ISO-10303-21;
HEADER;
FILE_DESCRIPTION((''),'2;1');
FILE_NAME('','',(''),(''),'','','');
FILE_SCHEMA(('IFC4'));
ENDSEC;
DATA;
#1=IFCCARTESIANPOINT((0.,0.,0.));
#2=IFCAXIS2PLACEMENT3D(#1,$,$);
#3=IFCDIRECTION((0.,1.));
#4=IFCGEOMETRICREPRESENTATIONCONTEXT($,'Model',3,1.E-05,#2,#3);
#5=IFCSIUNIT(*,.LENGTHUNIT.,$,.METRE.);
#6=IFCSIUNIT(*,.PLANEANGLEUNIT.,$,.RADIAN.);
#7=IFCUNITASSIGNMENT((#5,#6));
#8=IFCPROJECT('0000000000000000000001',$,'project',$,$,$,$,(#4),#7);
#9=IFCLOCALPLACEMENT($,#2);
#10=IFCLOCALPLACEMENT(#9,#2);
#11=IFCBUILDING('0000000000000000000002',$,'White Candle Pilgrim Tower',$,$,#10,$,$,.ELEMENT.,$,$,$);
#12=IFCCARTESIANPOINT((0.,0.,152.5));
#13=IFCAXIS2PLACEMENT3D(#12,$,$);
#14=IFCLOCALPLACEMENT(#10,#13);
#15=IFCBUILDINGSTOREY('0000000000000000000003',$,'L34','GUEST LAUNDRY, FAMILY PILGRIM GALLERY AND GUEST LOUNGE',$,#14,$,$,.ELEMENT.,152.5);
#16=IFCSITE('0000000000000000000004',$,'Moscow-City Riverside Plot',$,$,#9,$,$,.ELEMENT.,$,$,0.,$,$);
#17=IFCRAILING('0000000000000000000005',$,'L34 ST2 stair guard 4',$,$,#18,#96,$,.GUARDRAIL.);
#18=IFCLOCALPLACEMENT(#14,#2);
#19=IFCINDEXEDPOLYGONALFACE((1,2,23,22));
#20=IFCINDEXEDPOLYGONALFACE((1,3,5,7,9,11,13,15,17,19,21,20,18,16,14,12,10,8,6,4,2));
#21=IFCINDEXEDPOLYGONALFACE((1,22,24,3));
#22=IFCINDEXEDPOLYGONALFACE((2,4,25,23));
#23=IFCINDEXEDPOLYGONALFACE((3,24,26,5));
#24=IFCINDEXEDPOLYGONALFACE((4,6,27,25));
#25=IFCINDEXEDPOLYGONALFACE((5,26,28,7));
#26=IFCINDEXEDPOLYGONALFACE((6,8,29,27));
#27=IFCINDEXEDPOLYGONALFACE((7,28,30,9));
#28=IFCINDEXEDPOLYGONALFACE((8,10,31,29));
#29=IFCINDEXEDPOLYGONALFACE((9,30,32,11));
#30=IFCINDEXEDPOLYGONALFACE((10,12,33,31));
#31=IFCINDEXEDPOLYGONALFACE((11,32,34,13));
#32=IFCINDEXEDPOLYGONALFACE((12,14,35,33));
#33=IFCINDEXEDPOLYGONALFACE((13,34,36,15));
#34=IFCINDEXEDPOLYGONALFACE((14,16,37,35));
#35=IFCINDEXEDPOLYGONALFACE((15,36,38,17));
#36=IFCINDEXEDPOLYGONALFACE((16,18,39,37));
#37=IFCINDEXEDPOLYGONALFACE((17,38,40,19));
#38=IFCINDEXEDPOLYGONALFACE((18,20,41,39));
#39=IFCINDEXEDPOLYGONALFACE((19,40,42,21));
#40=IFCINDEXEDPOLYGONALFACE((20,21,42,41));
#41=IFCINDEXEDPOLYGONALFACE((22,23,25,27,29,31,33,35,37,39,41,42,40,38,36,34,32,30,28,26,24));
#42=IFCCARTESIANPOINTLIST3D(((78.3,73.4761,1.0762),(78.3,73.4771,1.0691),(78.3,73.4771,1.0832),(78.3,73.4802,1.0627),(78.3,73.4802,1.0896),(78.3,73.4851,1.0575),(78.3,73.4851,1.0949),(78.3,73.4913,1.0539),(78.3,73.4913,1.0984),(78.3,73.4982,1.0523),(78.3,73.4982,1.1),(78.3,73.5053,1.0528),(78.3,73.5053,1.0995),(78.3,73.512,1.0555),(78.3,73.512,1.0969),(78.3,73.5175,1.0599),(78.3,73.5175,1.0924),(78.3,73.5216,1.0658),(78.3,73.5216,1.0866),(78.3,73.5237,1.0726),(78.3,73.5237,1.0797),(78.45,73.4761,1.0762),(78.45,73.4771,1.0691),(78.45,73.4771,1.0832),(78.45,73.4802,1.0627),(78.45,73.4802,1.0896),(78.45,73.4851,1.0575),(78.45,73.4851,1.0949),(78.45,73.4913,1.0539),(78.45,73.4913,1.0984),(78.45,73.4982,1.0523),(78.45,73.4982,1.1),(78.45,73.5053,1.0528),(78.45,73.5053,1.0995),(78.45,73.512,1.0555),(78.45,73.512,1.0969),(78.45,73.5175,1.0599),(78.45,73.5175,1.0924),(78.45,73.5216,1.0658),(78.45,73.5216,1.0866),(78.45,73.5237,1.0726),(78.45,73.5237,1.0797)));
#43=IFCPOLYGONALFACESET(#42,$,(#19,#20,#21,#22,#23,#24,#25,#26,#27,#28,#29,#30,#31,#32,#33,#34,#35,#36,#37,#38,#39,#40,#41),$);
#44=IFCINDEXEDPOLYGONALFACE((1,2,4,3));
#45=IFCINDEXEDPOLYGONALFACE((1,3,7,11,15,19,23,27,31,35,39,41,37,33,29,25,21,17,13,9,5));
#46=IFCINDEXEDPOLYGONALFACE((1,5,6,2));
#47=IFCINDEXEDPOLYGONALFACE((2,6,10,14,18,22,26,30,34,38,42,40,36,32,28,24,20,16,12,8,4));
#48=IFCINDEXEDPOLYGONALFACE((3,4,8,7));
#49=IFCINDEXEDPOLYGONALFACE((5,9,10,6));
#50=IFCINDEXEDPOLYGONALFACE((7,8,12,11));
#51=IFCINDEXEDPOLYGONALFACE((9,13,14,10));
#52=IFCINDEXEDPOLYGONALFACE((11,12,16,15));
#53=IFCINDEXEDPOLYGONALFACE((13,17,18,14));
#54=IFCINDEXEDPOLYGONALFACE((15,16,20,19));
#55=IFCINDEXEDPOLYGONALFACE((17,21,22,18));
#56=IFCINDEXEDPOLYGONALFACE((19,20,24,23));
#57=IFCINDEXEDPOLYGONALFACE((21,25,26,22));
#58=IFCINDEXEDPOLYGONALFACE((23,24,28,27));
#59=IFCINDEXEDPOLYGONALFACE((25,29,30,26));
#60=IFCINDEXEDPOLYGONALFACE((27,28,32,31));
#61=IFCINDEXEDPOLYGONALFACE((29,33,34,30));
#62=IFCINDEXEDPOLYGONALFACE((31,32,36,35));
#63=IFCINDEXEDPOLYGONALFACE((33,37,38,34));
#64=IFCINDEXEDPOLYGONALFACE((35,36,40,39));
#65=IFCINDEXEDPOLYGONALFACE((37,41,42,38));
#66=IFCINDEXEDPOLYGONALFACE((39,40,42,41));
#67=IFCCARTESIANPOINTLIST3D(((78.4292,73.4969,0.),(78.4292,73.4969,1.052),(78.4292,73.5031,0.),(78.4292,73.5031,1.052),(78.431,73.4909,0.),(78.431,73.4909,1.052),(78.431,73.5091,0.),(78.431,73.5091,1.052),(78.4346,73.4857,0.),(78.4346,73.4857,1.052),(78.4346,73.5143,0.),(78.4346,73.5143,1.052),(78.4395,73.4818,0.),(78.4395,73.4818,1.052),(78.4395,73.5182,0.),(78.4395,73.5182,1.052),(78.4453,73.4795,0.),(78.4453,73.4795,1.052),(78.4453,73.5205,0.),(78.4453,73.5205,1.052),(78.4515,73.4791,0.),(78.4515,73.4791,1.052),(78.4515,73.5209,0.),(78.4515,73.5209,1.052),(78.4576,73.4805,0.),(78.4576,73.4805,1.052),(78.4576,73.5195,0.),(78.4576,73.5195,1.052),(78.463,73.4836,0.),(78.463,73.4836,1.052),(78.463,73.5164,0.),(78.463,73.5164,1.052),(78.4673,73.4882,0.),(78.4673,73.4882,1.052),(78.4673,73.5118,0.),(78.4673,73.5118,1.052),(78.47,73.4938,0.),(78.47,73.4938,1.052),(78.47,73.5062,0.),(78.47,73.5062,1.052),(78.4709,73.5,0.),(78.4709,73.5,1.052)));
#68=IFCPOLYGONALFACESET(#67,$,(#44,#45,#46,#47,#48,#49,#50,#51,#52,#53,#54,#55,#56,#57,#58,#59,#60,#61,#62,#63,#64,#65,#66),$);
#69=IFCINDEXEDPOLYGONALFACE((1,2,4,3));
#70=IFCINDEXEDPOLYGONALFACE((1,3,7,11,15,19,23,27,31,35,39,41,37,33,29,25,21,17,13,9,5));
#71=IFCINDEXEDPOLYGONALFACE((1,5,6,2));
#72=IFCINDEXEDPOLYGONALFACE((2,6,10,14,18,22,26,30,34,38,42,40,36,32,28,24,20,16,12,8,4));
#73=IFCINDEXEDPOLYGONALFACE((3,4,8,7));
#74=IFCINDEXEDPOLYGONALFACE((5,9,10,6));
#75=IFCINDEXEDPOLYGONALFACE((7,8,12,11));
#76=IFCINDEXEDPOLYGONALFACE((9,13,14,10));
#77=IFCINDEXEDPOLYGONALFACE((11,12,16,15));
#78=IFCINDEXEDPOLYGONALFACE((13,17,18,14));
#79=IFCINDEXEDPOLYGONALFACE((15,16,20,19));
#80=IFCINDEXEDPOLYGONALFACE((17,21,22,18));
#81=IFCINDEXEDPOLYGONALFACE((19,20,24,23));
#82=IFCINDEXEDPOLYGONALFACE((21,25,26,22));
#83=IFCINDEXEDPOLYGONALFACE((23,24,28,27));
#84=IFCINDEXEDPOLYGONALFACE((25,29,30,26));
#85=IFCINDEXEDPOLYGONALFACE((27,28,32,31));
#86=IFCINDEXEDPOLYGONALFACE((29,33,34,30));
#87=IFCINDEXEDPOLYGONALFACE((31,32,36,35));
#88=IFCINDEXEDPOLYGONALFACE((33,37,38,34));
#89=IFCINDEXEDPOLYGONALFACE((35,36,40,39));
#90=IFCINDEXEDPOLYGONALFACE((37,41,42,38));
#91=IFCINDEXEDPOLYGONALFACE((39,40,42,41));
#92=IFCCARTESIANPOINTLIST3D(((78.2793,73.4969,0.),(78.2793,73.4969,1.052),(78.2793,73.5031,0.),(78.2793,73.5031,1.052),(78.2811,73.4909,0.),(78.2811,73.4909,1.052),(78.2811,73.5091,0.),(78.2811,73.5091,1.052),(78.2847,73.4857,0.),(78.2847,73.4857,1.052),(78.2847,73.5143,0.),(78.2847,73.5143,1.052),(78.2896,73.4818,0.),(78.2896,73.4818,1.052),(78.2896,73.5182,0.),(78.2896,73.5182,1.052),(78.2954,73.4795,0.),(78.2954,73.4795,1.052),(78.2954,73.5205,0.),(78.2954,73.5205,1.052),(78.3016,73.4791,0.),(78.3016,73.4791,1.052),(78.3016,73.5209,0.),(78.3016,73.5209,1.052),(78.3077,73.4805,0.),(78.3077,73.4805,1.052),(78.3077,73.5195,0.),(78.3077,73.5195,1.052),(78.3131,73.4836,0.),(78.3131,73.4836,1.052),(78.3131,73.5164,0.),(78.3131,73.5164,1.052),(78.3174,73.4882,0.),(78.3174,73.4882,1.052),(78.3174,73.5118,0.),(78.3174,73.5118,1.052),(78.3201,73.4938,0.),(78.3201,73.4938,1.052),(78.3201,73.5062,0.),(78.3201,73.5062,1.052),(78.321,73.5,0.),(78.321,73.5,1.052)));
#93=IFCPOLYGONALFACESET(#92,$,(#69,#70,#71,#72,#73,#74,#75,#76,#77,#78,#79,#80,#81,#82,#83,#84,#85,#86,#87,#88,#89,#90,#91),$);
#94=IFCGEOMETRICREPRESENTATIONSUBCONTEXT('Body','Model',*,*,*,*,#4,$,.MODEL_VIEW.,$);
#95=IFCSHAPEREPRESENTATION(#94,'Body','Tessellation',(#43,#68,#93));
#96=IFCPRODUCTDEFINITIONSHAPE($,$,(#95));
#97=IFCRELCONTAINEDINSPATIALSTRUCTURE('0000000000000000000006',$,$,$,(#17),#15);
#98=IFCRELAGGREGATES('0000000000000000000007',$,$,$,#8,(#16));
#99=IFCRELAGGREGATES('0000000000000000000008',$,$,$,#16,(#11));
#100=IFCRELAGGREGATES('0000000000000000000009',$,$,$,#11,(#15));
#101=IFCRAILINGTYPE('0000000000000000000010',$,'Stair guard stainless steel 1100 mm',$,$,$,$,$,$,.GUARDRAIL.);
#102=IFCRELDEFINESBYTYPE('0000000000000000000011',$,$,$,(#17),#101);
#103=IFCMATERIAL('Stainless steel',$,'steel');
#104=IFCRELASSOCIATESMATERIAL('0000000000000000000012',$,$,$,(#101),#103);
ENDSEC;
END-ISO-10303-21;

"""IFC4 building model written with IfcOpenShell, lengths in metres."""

from ifc_helpers import new_model, si_unit, direction, frame, origin, origin_2d, place, context, subcontext, project, spatial, circle, extrude, material, type_object, element, save


model = new_model("IFC4")

# Units and contexts
model_context = context("Model", 3, precision=1e-05, world=origin(), true_north=direction((0.0, 1.0)))
body_context = subcontext(model_context, "Body", "Model", "MODEL_VIEW")
ifc_project = project(units=[si_unit("LENGTHUNIT", "METRE"), si_unit("PLANEANGLEUNIT", "RADIAN")], contexts=[model_context])

# Site, building, storey
site_placement = place(None, origin())
site = spatial("IfcSite", under=ifc_project, at=site_placement, Name="Moscow-City Riverside Plot", CompositionType="ELEMENT", RefElevation=0.0)
building_placement = place(site_placement, origin())
building = spatial("IfcBuilding", under=site, at=building_placement, Name="White Candle Pilgrim Tower", CompositionType="ELEMENT")
storey_placement = place(building_placement, frame((0.0, 0.0, 152.5)))
storey = spatial("IfcBuildingStorey", under=building, at=storey_placement, Name="L34", Description="GUEST LAUNDRY, FAMILY PILGRIM GALLERY AND GUEST LOUNGE", CompositionType="ELEMENT", Elevation=152.5)

# Railing
ifc_material_1 = material(Name="Stainless steel", Category="steel")
railing_type = type_object("IfcRailingType", Name="Stair guard stainless steel 1100 mm", PredefinedType="GUARDRAIL", material=ifc_material_1)
railing_1_placement = place(storey_placement, frame((78.45, 73.5, 0.0)))
element("IfcRailing", 1, at=railing_1_placement, inside=storey, type_object=railing_type, Name="L34 ST2 stair guard 4", PredefinedType="GUARDRAIL", context=body_context, shape_type="SweptSolid", body=[
    extrude(circle(Radius=0.0239, at=origin_2d()), frame((0.0, 0.0, 1.0762), z_axis=(-1.0, 0.0, 0.0), x_axis=(0.0, -1.0, 0.0)), (0.0, 0.0, 1.0), 0.1499),
    extrude(circle(Radius=0.021, at=origin_2d()), origin(), (0.0, 0.0, 1.0), 1.052),
    extrude(circle(Radius=0.021, at=origin_2d()), frame((-0.1499, 0.0, 0.0)), (0.0, 0.0, 1.0), 1.052),
])

save(model, "model.ifc")
